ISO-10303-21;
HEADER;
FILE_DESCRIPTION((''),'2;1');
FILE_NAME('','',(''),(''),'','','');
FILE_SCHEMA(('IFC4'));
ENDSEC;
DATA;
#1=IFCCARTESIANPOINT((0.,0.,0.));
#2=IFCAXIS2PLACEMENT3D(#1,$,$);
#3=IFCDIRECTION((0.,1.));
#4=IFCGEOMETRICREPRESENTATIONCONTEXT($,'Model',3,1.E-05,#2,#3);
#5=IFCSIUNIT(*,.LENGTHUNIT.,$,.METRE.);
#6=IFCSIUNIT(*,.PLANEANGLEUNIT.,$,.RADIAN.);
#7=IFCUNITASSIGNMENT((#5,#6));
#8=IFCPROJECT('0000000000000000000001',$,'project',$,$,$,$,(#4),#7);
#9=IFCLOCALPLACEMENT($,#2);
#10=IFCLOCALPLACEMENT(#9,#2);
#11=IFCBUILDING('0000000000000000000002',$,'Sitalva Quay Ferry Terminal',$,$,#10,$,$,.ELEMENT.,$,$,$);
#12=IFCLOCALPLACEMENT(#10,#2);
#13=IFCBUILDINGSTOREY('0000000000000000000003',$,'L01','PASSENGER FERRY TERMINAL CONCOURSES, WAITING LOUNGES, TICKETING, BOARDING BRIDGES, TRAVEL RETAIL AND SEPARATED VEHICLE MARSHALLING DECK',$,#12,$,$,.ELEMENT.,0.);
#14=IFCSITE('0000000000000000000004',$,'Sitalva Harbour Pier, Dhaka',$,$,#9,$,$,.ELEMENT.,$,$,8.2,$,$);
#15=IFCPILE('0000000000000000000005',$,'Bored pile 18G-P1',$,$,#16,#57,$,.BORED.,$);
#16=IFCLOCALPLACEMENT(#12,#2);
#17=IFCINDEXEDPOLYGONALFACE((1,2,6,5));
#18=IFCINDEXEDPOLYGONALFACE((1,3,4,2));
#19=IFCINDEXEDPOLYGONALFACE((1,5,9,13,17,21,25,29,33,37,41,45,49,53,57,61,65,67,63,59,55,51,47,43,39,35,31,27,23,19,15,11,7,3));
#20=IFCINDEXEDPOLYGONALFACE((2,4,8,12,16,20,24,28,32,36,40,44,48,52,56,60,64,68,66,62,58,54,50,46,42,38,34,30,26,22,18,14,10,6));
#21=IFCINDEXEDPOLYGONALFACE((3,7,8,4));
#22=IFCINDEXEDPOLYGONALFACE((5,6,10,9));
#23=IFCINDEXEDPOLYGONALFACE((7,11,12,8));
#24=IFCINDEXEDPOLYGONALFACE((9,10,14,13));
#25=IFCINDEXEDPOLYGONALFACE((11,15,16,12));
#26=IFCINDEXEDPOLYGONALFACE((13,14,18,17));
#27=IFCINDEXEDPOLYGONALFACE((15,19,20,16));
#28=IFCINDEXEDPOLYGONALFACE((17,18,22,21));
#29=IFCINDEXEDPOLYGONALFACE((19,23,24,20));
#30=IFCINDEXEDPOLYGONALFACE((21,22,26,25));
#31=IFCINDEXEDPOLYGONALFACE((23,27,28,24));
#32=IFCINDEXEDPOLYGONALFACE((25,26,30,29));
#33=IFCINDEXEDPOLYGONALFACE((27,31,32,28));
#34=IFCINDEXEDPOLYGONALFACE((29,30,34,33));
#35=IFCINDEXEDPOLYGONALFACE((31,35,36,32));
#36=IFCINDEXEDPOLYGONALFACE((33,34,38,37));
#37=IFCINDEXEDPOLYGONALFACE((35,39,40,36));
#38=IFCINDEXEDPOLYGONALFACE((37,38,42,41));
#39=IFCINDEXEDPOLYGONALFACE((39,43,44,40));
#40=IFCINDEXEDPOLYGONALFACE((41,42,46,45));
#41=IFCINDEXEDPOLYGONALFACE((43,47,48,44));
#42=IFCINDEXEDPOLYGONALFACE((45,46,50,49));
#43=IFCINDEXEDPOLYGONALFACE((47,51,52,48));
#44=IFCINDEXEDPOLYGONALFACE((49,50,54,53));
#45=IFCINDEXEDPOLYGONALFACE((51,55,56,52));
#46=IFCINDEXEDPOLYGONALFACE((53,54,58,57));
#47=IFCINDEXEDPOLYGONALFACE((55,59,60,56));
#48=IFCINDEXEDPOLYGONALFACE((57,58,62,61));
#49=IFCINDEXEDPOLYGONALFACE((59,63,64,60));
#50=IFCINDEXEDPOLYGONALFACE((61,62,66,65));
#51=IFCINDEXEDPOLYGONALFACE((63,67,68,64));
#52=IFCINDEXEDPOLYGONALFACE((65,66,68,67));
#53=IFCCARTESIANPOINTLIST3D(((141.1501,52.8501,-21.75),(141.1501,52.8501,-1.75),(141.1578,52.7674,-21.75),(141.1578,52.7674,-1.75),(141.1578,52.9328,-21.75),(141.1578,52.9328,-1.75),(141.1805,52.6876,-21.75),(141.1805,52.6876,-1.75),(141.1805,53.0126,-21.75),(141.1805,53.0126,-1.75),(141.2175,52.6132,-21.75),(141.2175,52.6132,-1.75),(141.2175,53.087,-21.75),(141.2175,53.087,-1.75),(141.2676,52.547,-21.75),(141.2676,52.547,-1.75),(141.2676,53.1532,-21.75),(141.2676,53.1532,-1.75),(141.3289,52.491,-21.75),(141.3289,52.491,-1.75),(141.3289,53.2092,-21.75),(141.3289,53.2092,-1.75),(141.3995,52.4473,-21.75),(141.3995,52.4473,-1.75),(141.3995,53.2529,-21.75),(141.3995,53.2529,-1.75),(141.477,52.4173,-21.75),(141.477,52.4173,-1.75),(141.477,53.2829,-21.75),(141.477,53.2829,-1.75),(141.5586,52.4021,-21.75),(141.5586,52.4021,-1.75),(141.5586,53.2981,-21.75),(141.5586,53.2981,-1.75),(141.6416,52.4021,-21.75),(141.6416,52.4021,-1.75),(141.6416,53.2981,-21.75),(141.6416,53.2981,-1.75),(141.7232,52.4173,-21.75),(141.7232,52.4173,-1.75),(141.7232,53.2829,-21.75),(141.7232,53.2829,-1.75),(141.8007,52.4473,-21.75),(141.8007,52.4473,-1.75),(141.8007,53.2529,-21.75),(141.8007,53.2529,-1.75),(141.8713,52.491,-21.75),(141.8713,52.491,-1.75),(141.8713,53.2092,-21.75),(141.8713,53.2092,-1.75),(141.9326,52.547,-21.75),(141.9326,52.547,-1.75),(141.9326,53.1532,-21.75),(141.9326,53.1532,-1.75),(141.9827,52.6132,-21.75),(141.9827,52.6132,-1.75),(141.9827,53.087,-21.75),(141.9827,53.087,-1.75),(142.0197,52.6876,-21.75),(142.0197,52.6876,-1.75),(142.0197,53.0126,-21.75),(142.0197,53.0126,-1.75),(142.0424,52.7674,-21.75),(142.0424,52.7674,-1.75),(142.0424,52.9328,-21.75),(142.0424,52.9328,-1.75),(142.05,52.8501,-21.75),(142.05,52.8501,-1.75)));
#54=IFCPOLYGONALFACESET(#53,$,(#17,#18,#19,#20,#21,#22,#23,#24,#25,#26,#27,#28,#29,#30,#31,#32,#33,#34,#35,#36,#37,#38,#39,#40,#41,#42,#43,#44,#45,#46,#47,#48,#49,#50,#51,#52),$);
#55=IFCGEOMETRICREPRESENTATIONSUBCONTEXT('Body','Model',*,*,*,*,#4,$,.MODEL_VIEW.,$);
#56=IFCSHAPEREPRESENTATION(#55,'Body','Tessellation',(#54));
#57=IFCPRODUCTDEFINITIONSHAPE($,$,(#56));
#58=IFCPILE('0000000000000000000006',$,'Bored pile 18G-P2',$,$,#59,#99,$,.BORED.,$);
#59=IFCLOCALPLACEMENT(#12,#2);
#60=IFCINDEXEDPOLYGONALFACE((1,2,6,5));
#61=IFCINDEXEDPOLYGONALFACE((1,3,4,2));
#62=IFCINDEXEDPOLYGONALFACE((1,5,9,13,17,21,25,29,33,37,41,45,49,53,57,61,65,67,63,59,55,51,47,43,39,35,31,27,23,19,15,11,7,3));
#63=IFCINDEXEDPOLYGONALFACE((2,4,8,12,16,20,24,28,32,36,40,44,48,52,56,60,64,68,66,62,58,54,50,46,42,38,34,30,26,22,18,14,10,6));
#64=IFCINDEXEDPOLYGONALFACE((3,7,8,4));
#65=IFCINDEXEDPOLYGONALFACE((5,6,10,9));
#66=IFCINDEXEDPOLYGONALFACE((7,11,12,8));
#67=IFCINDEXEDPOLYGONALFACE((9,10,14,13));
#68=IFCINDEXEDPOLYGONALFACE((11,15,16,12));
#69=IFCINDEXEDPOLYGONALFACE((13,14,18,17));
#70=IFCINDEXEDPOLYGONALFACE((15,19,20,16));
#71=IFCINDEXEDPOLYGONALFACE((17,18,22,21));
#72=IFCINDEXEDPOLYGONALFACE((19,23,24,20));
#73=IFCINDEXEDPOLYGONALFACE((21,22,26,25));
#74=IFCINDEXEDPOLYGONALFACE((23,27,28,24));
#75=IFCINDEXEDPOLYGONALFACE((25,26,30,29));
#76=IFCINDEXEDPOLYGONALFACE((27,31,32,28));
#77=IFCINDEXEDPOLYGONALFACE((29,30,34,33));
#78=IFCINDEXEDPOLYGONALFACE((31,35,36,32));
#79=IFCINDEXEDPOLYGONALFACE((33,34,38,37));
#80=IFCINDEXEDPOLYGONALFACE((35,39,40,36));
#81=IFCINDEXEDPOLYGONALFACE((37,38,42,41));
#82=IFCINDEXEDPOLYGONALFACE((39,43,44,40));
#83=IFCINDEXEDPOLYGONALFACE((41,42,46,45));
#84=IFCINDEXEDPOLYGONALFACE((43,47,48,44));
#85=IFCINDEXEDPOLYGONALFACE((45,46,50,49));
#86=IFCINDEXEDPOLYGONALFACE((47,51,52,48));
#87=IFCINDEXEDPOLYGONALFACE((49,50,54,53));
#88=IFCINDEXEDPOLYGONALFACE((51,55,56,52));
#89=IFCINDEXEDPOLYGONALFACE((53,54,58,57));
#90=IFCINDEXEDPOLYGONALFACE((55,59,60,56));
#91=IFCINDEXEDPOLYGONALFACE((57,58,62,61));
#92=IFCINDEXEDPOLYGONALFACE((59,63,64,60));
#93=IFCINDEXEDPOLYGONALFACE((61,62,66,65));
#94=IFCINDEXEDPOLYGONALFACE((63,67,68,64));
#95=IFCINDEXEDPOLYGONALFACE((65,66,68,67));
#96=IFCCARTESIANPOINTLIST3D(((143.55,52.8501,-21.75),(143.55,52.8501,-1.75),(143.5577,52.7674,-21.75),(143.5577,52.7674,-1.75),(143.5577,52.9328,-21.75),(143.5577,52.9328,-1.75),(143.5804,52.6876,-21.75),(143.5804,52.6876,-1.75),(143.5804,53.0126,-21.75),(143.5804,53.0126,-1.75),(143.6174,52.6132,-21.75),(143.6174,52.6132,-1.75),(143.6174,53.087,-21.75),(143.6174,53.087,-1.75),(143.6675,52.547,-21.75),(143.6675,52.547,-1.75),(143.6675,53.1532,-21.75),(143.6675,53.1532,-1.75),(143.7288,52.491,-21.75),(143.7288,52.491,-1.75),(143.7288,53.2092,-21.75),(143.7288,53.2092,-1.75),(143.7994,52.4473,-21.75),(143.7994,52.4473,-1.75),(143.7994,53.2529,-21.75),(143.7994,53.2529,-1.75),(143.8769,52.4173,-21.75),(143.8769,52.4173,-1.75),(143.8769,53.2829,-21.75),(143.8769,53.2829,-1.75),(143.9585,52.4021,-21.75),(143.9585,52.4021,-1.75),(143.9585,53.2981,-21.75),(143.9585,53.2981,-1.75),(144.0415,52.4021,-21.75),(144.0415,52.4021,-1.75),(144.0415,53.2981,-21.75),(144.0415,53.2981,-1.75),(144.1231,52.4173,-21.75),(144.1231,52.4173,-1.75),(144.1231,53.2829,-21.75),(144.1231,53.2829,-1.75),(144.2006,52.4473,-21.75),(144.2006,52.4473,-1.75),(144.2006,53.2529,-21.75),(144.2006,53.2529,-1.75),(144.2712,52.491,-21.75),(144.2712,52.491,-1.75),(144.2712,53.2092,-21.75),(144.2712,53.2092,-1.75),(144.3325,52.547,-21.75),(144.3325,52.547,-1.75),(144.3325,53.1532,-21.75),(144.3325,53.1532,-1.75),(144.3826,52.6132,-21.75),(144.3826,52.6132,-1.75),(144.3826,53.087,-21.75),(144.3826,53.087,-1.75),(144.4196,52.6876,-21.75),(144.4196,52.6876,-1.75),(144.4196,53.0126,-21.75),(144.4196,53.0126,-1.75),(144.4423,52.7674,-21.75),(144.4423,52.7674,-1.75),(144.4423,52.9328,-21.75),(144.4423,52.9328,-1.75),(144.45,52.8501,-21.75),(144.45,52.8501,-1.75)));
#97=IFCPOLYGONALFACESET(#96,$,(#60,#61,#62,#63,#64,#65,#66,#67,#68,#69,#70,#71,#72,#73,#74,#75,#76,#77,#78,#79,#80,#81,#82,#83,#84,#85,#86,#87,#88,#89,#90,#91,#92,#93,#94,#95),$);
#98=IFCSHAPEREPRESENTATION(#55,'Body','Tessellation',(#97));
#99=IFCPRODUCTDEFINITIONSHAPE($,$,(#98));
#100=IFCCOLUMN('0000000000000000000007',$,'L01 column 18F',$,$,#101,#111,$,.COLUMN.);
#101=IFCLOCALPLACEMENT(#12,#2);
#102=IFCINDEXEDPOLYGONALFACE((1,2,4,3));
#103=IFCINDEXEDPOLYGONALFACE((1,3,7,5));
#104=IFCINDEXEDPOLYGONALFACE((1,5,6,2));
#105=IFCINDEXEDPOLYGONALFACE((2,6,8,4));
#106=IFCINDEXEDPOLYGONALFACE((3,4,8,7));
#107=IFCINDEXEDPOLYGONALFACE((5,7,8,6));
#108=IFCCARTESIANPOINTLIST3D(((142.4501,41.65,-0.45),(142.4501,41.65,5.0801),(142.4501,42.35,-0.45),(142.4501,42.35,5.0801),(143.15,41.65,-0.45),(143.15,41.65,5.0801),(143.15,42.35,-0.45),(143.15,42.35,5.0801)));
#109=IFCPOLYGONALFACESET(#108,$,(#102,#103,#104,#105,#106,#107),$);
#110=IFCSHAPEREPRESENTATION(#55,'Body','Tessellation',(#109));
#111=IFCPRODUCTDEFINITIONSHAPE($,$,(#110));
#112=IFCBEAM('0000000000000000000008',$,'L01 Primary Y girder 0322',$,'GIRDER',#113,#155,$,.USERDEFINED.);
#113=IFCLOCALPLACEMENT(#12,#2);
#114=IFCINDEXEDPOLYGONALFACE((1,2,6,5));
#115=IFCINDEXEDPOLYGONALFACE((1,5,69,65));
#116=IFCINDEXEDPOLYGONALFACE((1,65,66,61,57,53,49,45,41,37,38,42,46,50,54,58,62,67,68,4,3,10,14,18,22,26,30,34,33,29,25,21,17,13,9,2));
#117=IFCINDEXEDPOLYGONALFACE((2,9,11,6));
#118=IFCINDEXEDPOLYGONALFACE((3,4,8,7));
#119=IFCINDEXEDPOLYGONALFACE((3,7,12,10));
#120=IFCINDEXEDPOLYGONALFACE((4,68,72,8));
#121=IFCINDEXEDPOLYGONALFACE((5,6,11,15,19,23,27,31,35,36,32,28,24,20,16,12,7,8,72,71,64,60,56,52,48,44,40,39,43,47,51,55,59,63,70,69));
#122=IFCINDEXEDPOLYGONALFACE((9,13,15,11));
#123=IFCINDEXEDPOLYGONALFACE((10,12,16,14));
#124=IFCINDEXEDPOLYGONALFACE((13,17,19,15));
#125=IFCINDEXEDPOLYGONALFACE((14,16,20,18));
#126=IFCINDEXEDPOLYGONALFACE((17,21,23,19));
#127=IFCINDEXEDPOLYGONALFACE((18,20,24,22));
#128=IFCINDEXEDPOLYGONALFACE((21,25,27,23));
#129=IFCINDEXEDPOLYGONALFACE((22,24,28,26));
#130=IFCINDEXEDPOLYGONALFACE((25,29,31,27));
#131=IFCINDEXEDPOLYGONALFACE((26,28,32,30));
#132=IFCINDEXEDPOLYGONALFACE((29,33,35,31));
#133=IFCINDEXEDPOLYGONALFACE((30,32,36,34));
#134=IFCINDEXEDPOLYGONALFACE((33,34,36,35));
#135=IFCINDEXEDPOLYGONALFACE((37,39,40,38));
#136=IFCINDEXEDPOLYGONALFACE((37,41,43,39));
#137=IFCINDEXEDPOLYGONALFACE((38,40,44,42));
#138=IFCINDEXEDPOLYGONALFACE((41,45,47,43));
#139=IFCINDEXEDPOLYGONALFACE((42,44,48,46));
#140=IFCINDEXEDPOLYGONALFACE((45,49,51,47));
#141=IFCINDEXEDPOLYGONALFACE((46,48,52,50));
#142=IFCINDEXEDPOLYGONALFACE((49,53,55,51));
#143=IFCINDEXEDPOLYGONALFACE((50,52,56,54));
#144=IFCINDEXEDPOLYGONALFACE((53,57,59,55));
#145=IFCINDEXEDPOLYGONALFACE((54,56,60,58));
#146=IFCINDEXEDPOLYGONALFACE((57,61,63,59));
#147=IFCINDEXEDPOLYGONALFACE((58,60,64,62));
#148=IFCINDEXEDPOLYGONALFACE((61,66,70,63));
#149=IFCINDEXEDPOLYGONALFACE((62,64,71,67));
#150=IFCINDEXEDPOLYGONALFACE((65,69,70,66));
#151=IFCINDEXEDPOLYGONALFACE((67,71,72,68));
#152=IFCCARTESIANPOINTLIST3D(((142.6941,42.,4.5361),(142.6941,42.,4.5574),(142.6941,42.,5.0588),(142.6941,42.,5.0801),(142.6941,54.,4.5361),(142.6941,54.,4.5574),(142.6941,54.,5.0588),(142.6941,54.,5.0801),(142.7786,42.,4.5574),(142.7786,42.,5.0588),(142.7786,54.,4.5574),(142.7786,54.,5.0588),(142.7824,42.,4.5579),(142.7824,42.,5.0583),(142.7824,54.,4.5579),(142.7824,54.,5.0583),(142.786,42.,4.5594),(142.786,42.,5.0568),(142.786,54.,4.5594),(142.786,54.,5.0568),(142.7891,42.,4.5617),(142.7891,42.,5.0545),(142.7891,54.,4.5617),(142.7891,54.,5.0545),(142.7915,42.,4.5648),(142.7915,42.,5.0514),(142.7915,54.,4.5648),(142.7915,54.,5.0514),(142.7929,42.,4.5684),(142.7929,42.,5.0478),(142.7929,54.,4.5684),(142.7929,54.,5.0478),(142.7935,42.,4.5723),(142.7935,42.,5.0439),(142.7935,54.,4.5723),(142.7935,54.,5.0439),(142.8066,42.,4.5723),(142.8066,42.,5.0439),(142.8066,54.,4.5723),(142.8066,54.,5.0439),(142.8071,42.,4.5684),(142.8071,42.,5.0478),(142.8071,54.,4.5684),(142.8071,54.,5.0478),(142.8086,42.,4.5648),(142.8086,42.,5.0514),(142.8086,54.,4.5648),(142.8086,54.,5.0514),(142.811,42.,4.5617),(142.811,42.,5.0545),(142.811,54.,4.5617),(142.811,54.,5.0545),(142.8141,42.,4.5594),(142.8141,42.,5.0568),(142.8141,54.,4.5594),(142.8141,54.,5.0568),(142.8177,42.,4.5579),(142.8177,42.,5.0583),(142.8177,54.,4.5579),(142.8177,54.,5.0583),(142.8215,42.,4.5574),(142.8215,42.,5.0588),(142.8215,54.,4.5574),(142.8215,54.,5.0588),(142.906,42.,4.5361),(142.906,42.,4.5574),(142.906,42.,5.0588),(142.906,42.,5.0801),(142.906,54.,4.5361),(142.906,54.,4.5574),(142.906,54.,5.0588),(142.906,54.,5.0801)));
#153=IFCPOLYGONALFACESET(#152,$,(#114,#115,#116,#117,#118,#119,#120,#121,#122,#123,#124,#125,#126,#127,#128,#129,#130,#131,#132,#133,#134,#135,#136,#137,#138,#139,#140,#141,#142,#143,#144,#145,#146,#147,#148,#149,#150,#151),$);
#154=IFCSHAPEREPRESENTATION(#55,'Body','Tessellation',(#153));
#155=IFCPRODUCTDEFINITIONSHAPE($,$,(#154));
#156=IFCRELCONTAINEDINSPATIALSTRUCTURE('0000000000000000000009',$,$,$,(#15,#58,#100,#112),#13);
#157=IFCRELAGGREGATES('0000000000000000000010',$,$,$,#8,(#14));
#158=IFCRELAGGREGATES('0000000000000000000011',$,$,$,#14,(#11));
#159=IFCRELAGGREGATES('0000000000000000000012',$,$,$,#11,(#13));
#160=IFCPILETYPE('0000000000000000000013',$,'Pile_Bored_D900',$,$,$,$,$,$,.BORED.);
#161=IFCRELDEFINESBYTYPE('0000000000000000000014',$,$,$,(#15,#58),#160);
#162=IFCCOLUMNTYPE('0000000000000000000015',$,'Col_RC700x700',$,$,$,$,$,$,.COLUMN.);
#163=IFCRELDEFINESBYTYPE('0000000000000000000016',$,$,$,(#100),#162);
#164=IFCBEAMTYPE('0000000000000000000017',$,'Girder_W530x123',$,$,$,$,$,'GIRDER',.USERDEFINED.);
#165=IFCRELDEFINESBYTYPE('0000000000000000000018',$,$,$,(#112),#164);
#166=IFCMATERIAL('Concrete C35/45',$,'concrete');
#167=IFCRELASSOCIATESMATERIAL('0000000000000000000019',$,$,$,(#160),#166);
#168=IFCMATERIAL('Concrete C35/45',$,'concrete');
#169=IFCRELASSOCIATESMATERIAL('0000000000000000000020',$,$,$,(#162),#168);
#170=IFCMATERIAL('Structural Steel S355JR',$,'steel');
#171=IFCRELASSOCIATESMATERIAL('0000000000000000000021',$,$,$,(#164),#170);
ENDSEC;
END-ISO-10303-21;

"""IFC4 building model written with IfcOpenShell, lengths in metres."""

from ifc_helpers import new_model, si_unit, direction, frame, origin, origin_2d, place, context, subcontext, project, spatial, rectangle, circle, i_section, extrude, material, material_profile, profile_set, type_object, element, save


model = new_model("IFC4")

# Units and contexts
model_context = context("Model", 3, precision=1e-05, world=origin(), true_north=direction((0.0, 1.0)))
body_context = subcontext(model_context, "Body", "Model", "MODEL_VIEW")
ifc_project = project(units=[si_unit("LENGTHUNIT", "METRE"), si_unit("PLANEANGLEUNIT", "RADIAN")], contexts=[model_context])

# Site, building, storey
site_placement = place(None, origin())
site = spatial("IfcSite", under=ifc_project, at=site_placement, Name="Sitalva Harbour Pier, Dhaka", CompositionType="ELEMENT", RefElevation=8.2)
building_placement = place(site_placement, origin())
building = spatial("IfcBuilding", under=site, at=building_placement, Name="Sitalva Quay Ferry Terminal", CompositionType="ELEMENT")
storey_placement = place(building_placement, origin())
storey = spatial("IfcBuildingStorey", under=building, at=storey_placement, Name="L01", Description="PASSENGER FERRY TERMINAL CONCOURSES, WAITING LOUNGES, TICKETING, BOARDING BRIDGES, TRAVEL RETAIL AND SEPARATED VEHICLE MARSHALLING DECK", CompositionType="ELEMENT", Elevation=0.0)

# Piles
ifc_material_1 = material(Name="Concrete C35/45", Category="concrete")
ifc_material_profile_1 = material_profile(ifc_material_1, circle(Radius=0.45, at=origin_2d()), Name="PILE-D900")
ifc_profile_set_1 = profile_set([ifc_material_profile_1], Name="Concrete C35/45")
pile_type = type_object("IfcPileType", Name="Pile_Bored_D900", PredefinedType="BORED", material=ifc_profile_set_1)
for number, where, z_axis, x_axis, name in (
    (1, (141.6001, 52.8501, -1.75), (0.0, 0.0, -1.0), (1.0, 0.0, 0.0), "Bored pile 18G-P1"),
    (2, (144.0, 52.8501, -1.75), (0.0, 0.0, -1.0), (1.0, 0.0, 0.0), "Bored pile 18G-P2"),
):
    element("IfcPile", number, at=place(storey_placement, frame(where, z_axis=z_axis, x_axis=x_axis)), inside=storey, type_object=pile_type, Name=name, PredefinedType="BORED", context=body_context, shape_type="SweptSolid", body=[
        extrude(circle(Radius=0.45, at=origin_2d()), origin(), (0.0, 0.0, 1.0), 20.0),
    ])

# Column
ifc_material_2 = material(Name="Concrete C35/45", Category="concrete")
ifc_material_profile_2 = material_profile(ifc_material_2, rectangle(XDim=0.7, YDim=0.7, at=origin_2d()), Name="RC700x700")
ifc_profile_set_2 = profile_set([ifc_material_profile_2], Name="Concrete C35/45")
column_type = type_object("IfcColumnType", Name="Col_RC700x700", PredefinedType="COLUMN", material=ifc_profile_set_2)
column_placement = place(storey_placement, frame((142.8, 42.0, -0.45), z_axis=(0.0, 0.0, 1.0), x_axis=(1.0, 0.0, 0.0)))
element("IfcColumn", 3, at=column_placement, inside=storey, type_object=column_type, Name="L01 column 18F", PredefinedType="COLUMN", context=body_context, shape_type="SweptSolid", body=[
    extrude(rectangle(XDim=0.7, YDim=0.7, at=origin_2d()), origin(), (0.0, 0.0, 1.0), 5.53),
])

# Beam
ifc_material_3 = material(Name="Structural Steel S355JR", Category="steel")
ifc_material_profile_3 = material_profile(ifc_material_3, i_section(OverallWidth=0.2119, OverallDepth=0.5439, WebThickness=0.0132, FlangeThickness=0.0212, FilletRadius=0.0149, at=origin_2d()), Name="W530x123")
ifc_profile_set_3 = profile_set([ifc_material_profile_3], Name="Structural Steel S355JR")
beam_type_1 = type_object("IfcBeamType", Name="Girder_W530x123", ElementType="GIRDER", PredefinedType="USERDEFINED", material=ifc_profile_set_3)
beam_1_placement = place(storey_placement, frame((142.8, 42.0, 4.8081), z_axis=(0.0, 1.0, 0.0), x_axis=(-1.0, 0.0, 0.0)))
element("IfcBeam", 4, at=beam_1_placement, inside=storey, type_object=beam_type_1, Name="L01 Primary Y girder 0322", ObjectType="GIRDER", PredefinedType="USERDEFINED", context=body_context, shape_type="SweptSolid", body=[
    extrude(i_section(OverallWidth=0.2119, OverallDepth=0.5439, WebThickness=0.0132, FlangeThickness=0.0212, FilletRadius=0.0149, at=origin_2d()), origin(), (0.0, 0.0, 1.0), 12.0),
])

save(model, "model.ifc")
